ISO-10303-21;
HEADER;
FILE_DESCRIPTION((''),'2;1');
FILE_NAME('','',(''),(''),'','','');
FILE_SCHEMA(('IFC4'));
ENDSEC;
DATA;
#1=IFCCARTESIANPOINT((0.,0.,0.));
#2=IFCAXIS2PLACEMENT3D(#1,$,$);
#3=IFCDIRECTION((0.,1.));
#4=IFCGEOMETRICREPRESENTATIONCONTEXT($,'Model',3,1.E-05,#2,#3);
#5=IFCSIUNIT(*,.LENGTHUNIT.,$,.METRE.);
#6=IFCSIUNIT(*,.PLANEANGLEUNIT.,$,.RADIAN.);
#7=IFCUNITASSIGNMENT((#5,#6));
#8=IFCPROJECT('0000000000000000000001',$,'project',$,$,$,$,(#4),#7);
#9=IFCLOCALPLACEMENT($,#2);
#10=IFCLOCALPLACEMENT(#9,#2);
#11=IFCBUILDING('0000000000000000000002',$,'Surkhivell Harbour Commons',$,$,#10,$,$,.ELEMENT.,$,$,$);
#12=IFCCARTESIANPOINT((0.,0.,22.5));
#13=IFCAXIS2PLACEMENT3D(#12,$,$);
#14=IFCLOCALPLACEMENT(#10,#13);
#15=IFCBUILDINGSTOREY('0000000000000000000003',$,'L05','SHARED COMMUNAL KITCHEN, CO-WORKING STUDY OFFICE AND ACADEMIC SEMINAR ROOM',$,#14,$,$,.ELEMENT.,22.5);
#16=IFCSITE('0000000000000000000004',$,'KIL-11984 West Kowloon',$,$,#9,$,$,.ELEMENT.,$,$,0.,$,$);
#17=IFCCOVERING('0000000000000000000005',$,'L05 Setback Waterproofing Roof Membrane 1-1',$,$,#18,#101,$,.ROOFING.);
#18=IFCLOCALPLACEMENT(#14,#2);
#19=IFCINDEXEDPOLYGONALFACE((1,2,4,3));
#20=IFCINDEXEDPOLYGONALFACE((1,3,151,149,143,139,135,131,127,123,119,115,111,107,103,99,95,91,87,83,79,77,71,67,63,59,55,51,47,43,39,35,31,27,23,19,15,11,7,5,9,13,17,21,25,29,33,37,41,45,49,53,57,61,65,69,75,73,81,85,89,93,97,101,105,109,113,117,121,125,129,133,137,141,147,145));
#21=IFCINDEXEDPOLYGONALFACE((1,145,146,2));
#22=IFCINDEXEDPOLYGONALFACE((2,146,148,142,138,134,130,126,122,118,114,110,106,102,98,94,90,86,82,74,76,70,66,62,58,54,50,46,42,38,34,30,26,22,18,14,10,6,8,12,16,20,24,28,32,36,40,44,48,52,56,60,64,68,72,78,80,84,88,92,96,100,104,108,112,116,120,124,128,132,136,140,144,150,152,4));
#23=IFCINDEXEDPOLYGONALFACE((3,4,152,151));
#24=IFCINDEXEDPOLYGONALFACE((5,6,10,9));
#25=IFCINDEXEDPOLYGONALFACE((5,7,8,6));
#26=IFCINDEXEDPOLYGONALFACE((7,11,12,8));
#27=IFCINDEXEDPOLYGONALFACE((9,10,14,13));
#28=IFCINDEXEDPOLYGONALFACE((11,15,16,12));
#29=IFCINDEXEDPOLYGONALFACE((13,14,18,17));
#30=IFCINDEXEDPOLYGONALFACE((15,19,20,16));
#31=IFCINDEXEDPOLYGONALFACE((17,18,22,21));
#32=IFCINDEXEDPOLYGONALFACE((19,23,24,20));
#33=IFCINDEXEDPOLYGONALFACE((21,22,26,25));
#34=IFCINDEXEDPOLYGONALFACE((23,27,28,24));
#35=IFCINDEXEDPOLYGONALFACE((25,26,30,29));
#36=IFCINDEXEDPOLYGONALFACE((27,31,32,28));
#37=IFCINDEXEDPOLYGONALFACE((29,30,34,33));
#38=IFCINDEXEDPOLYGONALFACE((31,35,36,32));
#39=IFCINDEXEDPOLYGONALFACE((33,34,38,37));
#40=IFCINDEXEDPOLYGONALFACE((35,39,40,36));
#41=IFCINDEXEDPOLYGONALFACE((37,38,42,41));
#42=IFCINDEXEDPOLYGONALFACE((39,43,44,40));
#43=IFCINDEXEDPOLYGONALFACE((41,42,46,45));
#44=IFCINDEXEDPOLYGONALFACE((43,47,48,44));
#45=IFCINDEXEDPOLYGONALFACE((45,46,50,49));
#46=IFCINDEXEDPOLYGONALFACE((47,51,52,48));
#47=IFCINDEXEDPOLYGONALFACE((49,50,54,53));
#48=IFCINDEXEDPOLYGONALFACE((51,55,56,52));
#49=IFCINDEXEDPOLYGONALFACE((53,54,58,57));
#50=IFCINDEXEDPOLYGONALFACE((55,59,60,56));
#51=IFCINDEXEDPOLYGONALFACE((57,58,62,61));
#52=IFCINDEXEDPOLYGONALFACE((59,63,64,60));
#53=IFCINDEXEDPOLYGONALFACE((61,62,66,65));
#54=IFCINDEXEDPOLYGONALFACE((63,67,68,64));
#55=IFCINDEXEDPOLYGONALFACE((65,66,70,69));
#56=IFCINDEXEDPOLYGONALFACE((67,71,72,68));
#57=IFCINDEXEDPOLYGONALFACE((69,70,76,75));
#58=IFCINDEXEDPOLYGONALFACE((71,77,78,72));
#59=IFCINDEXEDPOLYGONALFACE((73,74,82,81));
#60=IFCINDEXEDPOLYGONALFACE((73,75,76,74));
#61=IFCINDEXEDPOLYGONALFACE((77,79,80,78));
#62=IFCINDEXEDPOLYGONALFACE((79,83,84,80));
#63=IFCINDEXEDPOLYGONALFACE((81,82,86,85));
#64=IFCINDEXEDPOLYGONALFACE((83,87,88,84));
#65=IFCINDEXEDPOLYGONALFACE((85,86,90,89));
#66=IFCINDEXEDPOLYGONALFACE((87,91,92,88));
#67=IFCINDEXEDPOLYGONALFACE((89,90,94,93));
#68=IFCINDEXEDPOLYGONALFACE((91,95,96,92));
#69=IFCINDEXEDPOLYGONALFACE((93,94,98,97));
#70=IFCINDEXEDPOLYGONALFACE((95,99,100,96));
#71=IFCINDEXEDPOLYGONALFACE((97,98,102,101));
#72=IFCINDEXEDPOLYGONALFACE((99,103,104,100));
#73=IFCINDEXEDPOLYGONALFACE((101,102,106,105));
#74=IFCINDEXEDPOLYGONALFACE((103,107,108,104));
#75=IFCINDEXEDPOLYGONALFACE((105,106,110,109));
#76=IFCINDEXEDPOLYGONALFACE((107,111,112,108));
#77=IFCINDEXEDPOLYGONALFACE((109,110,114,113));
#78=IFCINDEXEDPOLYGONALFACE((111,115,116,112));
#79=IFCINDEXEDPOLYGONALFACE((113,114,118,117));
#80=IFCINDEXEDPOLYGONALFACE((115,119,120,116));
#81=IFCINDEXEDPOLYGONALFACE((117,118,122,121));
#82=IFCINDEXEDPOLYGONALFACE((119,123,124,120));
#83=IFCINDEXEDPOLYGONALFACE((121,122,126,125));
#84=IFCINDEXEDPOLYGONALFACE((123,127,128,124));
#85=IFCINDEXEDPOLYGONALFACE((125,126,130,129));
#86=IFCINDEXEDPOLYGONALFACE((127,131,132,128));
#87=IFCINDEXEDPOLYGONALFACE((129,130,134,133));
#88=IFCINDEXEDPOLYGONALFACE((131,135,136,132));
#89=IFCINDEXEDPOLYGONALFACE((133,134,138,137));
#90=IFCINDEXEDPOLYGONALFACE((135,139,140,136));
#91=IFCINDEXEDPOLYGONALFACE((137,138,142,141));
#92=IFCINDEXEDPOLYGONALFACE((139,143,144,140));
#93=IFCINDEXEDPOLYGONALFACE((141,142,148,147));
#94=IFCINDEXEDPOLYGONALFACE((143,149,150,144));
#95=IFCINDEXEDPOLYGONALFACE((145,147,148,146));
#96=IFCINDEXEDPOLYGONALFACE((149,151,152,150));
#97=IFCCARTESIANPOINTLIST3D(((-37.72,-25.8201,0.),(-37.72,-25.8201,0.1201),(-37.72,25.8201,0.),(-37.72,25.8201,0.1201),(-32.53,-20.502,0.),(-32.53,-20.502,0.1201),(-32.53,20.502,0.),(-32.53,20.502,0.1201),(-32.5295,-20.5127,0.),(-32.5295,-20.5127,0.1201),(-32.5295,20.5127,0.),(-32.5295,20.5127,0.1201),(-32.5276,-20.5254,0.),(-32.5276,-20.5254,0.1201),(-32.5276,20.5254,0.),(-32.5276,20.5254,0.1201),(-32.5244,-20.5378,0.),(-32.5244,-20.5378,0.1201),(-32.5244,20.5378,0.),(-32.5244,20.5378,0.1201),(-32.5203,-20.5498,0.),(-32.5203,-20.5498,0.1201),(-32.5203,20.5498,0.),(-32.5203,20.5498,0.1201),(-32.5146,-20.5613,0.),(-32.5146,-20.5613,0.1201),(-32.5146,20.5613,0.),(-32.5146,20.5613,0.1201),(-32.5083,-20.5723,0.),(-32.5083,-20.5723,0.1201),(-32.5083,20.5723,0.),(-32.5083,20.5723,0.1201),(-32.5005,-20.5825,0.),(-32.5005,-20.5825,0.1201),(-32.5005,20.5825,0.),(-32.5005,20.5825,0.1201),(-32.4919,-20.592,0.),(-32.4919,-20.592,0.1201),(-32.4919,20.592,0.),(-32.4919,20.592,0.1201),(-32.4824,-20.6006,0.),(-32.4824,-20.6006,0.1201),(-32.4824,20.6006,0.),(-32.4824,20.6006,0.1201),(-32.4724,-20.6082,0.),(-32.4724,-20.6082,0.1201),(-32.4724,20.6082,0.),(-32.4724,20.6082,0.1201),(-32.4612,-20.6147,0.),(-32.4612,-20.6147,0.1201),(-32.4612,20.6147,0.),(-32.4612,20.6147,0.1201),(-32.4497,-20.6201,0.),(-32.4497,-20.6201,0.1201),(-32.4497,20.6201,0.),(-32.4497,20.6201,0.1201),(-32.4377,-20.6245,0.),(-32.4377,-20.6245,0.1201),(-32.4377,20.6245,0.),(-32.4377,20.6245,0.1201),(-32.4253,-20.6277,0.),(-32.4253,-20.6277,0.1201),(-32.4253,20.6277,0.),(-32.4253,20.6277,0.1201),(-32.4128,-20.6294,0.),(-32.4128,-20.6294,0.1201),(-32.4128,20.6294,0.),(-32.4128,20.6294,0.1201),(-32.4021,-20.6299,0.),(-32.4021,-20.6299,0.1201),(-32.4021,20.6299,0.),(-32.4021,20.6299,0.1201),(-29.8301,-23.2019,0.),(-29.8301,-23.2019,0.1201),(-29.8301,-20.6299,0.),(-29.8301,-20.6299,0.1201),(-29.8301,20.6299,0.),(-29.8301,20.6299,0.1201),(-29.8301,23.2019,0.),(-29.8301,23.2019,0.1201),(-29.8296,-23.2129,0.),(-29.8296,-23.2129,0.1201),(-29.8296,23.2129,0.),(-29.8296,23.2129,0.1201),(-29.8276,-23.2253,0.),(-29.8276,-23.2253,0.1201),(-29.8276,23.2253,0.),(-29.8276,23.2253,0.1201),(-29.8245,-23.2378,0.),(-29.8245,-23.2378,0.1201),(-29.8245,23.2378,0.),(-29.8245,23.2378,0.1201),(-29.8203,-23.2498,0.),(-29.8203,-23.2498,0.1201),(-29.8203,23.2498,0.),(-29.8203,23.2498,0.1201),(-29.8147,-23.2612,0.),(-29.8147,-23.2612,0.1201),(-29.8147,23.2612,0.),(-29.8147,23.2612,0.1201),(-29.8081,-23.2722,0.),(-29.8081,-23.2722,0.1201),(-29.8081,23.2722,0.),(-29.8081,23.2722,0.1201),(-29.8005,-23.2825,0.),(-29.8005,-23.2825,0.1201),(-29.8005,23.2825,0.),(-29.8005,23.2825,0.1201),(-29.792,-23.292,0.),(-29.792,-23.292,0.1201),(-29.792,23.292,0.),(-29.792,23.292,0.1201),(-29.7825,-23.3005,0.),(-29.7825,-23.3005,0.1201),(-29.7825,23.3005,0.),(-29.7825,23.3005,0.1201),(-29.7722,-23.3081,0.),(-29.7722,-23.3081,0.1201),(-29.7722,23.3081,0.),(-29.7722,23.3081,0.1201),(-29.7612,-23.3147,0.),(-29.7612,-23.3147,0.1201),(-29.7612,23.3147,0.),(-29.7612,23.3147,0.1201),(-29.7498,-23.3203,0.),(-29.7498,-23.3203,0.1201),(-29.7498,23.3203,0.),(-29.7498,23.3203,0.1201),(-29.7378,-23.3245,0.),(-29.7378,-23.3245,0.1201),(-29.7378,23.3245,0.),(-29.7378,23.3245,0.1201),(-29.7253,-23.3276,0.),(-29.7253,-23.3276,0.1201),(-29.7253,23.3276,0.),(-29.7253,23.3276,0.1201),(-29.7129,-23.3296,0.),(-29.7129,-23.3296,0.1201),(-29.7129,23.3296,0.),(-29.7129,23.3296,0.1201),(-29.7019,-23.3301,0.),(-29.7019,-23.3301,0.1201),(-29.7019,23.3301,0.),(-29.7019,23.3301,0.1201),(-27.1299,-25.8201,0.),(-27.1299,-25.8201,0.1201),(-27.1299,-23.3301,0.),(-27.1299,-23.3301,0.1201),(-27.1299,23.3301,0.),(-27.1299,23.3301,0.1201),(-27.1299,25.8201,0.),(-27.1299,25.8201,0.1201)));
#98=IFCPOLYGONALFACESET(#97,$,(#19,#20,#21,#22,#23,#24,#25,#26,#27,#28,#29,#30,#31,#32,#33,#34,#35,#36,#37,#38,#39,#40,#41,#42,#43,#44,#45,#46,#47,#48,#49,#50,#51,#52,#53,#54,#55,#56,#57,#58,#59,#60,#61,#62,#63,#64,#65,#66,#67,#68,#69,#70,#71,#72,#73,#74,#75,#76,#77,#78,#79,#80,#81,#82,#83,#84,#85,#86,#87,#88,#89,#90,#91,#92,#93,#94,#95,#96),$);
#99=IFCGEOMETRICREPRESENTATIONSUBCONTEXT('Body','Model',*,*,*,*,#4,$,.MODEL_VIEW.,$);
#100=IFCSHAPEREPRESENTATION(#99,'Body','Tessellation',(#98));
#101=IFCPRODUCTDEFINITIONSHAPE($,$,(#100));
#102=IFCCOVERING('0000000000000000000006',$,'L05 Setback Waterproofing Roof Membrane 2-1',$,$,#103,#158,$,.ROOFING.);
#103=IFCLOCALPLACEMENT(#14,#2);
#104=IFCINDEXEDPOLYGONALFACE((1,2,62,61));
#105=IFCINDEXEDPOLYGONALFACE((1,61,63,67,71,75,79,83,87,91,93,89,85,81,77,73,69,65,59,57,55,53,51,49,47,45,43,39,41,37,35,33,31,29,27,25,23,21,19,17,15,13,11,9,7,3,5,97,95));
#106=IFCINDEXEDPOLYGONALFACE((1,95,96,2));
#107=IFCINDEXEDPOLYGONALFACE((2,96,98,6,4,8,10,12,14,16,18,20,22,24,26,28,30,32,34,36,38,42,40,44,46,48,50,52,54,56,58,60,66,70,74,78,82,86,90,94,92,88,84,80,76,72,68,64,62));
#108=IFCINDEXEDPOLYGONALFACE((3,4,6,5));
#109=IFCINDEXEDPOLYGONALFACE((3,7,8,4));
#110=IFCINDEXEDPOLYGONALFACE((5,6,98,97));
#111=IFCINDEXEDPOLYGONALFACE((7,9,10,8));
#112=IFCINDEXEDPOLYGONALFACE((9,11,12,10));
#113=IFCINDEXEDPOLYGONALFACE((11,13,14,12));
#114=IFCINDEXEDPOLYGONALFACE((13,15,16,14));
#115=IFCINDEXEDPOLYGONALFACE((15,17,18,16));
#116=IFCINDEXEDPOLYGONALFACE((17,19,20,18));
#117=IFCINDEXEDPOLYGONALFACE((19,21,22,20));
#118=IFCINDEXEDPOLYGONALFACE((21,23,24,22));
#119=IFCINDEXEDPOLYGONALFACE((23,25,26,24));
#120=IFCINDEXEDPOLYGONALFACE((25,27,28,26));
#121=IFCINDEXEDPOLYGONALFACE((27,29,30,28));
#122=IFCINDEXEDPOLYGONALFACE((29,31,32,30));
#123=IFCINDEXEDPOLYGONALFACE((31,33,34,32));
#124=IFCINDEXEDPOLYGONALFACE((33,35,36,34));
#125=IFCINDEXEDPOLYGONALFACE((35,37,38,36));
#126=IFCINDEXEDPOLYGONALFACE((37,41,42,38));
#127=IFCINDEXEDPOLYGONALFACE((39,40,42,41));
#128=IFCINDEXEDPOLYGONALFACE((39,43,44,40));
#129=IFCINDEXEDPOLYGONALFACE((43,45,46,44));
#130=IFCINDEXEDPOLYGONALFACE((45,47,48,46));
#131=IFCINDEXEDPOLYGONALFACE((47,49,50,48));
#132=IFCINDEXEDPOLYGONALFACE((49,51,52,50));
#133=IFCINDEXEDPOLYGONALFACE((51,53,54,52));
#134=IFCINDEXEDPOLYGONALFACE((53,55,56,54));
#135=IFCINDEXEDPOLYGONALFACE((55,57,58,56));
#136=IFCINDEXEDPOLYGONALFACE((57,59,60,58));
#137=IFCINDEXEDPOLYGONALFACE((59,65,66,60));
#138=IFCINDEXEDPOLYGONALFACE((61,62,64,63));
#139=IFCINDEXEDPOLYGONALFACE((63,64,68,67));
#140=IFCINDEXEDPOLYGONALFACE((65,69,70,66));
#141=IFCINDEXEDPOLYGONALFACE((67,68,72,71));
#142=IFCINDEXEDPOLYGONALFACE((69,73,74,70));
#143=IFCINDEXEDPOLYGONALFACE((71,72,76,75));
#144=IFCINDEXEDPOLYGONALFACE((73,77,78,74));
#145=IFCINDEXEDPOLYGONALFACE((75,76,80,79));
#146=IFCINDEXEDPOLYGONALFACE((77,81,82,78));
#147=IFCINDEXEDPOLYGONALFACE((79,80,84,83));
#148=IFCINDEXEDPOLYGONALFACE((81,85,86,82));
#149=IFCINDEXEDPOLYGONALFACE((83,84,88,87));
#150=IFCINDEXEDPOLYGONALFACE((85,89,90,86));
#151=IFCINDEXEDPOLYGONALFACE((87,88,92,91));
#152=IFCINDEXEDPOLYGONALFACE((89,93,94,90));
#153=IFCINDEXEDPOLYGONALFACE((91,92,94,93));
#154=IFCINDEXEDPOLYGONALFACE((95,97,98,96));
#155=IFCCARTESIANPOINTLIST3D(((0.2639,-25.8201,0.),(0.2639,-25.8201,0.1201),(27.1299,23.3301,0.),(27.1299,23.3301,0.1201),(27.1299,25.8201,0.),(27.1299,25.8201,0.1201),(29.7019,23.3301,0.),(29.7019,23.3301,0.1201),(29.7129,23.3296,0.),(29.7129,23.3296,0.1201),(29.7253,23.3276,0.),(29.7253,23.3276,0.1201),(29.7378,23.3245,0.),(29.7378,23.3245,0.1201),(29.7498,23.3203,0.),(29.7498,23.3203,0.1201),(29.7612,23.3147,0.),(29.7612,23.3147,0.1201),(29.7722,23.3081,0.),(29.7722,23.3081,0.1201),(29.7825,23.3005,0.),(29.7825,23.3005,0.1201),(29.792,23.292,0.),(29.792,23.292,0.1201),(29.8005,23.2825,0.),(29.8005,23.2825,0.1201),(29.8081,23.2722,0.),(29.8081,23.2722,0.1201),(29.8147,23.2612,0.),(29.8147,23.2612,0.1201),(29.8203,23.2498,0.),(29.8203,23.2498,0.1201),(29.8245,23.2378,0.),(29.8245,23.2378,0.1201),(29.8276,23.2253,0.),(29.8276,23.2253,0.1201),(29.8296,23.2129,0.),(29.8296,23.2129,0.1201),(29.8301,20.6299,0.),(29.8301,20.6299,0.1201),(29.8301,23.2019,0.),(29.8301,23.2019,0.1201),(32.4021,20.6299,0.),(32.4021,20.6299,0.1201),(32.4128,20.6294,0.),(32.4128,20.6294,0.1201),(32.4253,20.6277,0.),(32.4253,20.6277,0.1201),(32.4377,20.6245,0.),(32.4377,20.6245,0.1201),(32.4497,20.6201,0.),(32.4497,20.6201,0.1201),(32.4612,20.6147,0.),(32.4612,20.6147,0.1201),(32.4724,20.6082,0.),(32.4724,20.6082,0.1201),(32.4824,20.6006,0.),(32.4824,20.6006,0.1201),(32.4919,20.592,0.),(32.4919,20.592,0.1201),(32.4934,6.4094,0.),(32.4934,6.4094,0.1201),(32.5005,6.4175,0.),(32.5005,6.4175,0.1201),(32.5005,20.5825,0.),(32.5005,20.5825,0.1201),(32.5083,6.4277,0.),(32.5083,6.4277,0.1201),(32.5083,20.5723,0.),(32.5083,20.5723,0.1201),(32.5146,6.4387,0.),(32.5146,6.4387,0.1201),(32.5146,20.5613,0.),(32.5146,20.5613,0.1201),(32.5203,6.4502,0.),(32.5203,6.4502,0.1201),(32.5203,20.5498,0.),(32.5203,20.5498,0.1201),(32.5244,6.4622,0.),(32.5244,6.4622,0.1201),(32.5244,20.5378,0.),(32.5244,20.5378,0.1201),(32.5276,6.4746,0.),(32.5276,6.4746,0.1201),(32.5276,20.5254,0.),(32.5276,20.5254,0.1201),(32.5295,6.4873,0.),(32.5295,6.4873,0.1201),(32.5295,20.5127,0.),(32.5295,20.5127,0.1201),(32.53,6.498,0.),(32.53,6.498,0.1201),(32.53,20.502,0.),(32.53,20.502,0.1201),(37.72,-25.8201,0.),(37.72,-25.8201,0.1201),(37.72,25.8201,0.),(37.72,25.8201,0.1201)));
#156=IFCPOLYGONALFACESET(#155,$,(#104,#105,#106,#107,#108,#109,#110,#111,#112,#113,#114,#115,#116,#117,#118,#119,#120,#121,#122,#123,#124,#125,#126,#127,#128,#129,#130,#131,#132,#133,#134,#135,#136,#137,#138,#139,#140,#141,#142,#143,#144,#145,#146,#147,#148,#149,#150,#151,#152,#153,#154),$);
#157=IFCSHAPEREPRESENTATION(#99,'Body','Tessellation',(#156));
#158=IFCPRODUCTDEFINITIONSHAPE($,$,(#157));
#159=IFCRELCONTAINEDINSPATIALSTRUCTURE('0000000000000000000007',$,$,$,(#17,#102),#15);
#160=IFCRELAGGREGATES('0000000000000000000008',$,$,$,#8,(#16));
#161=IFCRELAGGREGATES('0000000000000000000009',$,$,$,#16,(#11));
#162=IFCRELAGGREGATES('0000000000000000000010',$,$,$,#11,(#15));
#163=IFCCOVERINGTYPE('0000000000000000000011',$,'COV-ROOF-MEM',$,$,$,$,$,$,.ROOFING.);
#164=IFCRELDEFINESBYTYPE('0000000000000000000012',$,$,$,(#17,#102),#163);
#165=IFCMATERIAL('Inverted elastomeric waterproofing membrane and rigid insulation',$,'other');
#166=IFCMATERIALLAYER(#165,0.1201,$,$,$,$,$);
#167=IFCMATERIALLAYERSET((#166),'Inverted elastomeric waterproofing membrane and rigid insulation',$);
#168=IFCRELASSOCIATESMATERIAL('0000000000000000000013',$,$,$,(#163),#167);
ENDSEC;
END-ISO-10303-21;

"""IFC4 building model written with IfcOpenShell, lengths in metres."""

from ifc_helpers import new_model, si_unit, direction, frame, origin, place, context, subcontext, project, spatial, polyline, outline, extrude, material, layer, layer_set, type_object, element, save


model = new_model("IFC4")

# Units and contexts
model_context = context("Model", 3, precision=1e-05, world=origin(), true_north=direction((0.0, 1.0)))
body_context = subcontext(model_context, "Body", "Model", "MODEL_VIEW")
ifc_project = project(units=[si_unit("LENGTHUNIT", "METRE"), si_unit("PLANEANGLEUNIT", "RADIAN")], contexts=[model_context])

# Site, building, storey
site_placement = place(None, origin())
site = spatial("IfcSite", under=ifc_project, at=site_placement, Name="KIL-11984 West Kowloon", CompositionType="ELEMENT", RefElevation=0.0)
building_placement = place(site_placement, origin())
building = spatial("IfcBuilding", under=site, at=building_placement, Name="Surkhivell Harbour Commons", CompositionType="ELEMENT")
storey_placement = place(building_placement, frame((0.0, 0.0, 22.5)))
storey = spatial("IfcBuildingStorey", under=building, at=storey_placement, Name="L05", Description="SHARED COMMUNAL KITCHEN, CO-WORKING STUDY OFFICE AND ACADEMIC SEMINAR ROOM", CompositionType="ELEMENT", Elevation=22.5)

# Coverings
ifc_material_1 = material(Name="Inverted elastomeric waterproofing membrane and rigid insulation", Category="other")
ifc_layer_1 = layer(ifc_material_1, 0.1201)
ifc_layer_set_1 = layer_set([ifc_layer_1], Name="Inverted elastomeric waterproofing membrane and rigid insulation")
covering_type_1 = type_object("IfcCoveringType", Name="COV-ROOF-MEM", PredefinedType="ROOFING", material=ifc_layer_set_1)
covering_1_placement = place(storey_placement, origin())
element("IfcCovering", 1, at=covering_1_placement, inside=storey, type_object=covering_type_1, Name="L05 Setback Waterproofing Roof Membrane 1-1", PredefinedType="ROOFING", context=body_context, shape_type="SweptSolid", body=[
    extrude(outline(polyline([(-27.1299, -25.8201), (-27.1299, -23.3301), (-29.7019, -23.3301), (-29.7129, -23.3296), (-29.7253, -23.3276), (-29.7378, -23.3245), (-29.7498, -23.3203), (-29.7612, -23.3147), (-29.7722, -23.3081), (-29.7825, -23.3005), (-29.792, -23.292), (-29.8005, -23.2825), (-29.8081, -23.2722), (-29.8147, -23.2612), (-29.8203, -23.2498), (-29.8245, -23.2378), (-29.8276, -23.2253), (-29.8296, -23.2129), (-29.8301, -23.2019), (-29.8301, -20.6299), (-32.4021, -20.6299), (-32.4128, -20.6294), (-32.4253, -20.6277), (-32.4377, -20.6245), (-32.4497, -20.6201), (-32.4612, -20.6147), (-32.4724, -20.6082), (-32.4824, -20.6006), (-32.4919, -20.592), (-32.5005, -20.5825), (-32.5083, -20.5723), (-32.5146, -20.5613), (-32.5203, -20.5498), (-32.5244, -20.5378), (-32.5276, -20.5254), (-32.5295, -20.5127), (-32.53, -20.502), (-32.53, 20.502), (-32.5295, 20.5127), (-32.5276, 20.5254), (-32.5244, 20.5378), (-32.5203, 20.5498), (-32.5146, 20.5613), (-32.5083, 20.5723), (-32.5005, 20.5825), (-32.4919, 20.592), (-32.4824, 20.6006), (-32.4724, 20.6082), (-32.4612, 20.6147), (-32.4497, 20.6201), (-32.4377, 20.6245), (-32.4253, 20.6277), (-32.4128, 20.6294), (-32.4021, 20.6299), (-29.8301, 20.6299), (-29.8301, 23.2019), (-29.8296, 23.2129), (-29.8276, 23.2253), (-29.8245, 23.2378), (-29.8203, 23.2498), (-29.8147, 23.2612), (-29.8081, 23.2722), (-29.8005, 23.2825), (-29.792, 23.292), (-29.7825, 23.3005), (-29.7722, 23.3081), (-29.7612, 23.3147), (-29.7498, 23.3203), (-29.7378, 23.3245), (-29.7253, 23.3276), (-29.7129, 23.3296), (-29.7019, 23.3301), (-27.1299, 23.3301), (-27.1299, 25.8201), (-37.72, 25.8201), (-37.72, -25.8201), (-27.1299, -25.8201)])), origin(), (0.0, 0.0, 1.0), 0.1201),
])
covering_2_placement = place(storey_placement, origin())
element("IfcCovering", 2, at=covering_2_placement, inside=storey, type_object=covering_type_1, Name="L05 Setback Waterproofing Roof Membrane 2-1", PredefinedType="ROOFING", context=body_context, shape_type="SweptSolid", body=[
    extrude(outline(polyline([(27.1299, 25.8201), (27.1299, 23.3301), (29.7019, 23.3301), (29.7129, 23.3296), (29.7253, 23.3276), (29.7378, 23.3245), (29.7498, 23.3203), (29.7612, 23.3147), (29.7722, 23.3081), (29.7825, 23.3005), (29.792, 23.292), (29.8005, 23.2825), (29.8081, 23.2722), (29.8147, 23.2612), (29.8203, 23.2498), (29.8245, 23.2378), (29.8276, 23.2253), (29.8296, 23.2129), (29.8301, 23.2019), (29.8301, 20.6299), (32.4021, 20.6299), (32.4128, 20.6294), (32.4253, 20.6277), (32.4377, 20.6245), (32.4497, 20.6201), (32.4612, 20.6147), (32.4724, 20.6082), (32.4824, 20.6006), (32.4919, 20.592), (32.5005, 20.5825), (32.5083, 20.5723), (32.5146, 20.5613), (32.5203, 20.5498), (32.5244, 20.5378), (32.5276, 20.5254), (32.5295, 20.5127), (32.53, 20.502), (32.53, 6.498), (32.5295, 6.4873), (32.5276, 6.4746), (32.5244, 6.4622), (32.5203, 6.4502), (32.5146, 6.4387), (32.5083, 6.4277), (32.5005, 6.4175), (32.4934, 6.4094), (0.2639, -25.8201), (37.72, -25.8201), (37.72, 25.8201), (27.1299, 25.8201)])), origin(), (0.0, 0.0, 1.0), 0.1201),
])

save(model, "model.ifc")
